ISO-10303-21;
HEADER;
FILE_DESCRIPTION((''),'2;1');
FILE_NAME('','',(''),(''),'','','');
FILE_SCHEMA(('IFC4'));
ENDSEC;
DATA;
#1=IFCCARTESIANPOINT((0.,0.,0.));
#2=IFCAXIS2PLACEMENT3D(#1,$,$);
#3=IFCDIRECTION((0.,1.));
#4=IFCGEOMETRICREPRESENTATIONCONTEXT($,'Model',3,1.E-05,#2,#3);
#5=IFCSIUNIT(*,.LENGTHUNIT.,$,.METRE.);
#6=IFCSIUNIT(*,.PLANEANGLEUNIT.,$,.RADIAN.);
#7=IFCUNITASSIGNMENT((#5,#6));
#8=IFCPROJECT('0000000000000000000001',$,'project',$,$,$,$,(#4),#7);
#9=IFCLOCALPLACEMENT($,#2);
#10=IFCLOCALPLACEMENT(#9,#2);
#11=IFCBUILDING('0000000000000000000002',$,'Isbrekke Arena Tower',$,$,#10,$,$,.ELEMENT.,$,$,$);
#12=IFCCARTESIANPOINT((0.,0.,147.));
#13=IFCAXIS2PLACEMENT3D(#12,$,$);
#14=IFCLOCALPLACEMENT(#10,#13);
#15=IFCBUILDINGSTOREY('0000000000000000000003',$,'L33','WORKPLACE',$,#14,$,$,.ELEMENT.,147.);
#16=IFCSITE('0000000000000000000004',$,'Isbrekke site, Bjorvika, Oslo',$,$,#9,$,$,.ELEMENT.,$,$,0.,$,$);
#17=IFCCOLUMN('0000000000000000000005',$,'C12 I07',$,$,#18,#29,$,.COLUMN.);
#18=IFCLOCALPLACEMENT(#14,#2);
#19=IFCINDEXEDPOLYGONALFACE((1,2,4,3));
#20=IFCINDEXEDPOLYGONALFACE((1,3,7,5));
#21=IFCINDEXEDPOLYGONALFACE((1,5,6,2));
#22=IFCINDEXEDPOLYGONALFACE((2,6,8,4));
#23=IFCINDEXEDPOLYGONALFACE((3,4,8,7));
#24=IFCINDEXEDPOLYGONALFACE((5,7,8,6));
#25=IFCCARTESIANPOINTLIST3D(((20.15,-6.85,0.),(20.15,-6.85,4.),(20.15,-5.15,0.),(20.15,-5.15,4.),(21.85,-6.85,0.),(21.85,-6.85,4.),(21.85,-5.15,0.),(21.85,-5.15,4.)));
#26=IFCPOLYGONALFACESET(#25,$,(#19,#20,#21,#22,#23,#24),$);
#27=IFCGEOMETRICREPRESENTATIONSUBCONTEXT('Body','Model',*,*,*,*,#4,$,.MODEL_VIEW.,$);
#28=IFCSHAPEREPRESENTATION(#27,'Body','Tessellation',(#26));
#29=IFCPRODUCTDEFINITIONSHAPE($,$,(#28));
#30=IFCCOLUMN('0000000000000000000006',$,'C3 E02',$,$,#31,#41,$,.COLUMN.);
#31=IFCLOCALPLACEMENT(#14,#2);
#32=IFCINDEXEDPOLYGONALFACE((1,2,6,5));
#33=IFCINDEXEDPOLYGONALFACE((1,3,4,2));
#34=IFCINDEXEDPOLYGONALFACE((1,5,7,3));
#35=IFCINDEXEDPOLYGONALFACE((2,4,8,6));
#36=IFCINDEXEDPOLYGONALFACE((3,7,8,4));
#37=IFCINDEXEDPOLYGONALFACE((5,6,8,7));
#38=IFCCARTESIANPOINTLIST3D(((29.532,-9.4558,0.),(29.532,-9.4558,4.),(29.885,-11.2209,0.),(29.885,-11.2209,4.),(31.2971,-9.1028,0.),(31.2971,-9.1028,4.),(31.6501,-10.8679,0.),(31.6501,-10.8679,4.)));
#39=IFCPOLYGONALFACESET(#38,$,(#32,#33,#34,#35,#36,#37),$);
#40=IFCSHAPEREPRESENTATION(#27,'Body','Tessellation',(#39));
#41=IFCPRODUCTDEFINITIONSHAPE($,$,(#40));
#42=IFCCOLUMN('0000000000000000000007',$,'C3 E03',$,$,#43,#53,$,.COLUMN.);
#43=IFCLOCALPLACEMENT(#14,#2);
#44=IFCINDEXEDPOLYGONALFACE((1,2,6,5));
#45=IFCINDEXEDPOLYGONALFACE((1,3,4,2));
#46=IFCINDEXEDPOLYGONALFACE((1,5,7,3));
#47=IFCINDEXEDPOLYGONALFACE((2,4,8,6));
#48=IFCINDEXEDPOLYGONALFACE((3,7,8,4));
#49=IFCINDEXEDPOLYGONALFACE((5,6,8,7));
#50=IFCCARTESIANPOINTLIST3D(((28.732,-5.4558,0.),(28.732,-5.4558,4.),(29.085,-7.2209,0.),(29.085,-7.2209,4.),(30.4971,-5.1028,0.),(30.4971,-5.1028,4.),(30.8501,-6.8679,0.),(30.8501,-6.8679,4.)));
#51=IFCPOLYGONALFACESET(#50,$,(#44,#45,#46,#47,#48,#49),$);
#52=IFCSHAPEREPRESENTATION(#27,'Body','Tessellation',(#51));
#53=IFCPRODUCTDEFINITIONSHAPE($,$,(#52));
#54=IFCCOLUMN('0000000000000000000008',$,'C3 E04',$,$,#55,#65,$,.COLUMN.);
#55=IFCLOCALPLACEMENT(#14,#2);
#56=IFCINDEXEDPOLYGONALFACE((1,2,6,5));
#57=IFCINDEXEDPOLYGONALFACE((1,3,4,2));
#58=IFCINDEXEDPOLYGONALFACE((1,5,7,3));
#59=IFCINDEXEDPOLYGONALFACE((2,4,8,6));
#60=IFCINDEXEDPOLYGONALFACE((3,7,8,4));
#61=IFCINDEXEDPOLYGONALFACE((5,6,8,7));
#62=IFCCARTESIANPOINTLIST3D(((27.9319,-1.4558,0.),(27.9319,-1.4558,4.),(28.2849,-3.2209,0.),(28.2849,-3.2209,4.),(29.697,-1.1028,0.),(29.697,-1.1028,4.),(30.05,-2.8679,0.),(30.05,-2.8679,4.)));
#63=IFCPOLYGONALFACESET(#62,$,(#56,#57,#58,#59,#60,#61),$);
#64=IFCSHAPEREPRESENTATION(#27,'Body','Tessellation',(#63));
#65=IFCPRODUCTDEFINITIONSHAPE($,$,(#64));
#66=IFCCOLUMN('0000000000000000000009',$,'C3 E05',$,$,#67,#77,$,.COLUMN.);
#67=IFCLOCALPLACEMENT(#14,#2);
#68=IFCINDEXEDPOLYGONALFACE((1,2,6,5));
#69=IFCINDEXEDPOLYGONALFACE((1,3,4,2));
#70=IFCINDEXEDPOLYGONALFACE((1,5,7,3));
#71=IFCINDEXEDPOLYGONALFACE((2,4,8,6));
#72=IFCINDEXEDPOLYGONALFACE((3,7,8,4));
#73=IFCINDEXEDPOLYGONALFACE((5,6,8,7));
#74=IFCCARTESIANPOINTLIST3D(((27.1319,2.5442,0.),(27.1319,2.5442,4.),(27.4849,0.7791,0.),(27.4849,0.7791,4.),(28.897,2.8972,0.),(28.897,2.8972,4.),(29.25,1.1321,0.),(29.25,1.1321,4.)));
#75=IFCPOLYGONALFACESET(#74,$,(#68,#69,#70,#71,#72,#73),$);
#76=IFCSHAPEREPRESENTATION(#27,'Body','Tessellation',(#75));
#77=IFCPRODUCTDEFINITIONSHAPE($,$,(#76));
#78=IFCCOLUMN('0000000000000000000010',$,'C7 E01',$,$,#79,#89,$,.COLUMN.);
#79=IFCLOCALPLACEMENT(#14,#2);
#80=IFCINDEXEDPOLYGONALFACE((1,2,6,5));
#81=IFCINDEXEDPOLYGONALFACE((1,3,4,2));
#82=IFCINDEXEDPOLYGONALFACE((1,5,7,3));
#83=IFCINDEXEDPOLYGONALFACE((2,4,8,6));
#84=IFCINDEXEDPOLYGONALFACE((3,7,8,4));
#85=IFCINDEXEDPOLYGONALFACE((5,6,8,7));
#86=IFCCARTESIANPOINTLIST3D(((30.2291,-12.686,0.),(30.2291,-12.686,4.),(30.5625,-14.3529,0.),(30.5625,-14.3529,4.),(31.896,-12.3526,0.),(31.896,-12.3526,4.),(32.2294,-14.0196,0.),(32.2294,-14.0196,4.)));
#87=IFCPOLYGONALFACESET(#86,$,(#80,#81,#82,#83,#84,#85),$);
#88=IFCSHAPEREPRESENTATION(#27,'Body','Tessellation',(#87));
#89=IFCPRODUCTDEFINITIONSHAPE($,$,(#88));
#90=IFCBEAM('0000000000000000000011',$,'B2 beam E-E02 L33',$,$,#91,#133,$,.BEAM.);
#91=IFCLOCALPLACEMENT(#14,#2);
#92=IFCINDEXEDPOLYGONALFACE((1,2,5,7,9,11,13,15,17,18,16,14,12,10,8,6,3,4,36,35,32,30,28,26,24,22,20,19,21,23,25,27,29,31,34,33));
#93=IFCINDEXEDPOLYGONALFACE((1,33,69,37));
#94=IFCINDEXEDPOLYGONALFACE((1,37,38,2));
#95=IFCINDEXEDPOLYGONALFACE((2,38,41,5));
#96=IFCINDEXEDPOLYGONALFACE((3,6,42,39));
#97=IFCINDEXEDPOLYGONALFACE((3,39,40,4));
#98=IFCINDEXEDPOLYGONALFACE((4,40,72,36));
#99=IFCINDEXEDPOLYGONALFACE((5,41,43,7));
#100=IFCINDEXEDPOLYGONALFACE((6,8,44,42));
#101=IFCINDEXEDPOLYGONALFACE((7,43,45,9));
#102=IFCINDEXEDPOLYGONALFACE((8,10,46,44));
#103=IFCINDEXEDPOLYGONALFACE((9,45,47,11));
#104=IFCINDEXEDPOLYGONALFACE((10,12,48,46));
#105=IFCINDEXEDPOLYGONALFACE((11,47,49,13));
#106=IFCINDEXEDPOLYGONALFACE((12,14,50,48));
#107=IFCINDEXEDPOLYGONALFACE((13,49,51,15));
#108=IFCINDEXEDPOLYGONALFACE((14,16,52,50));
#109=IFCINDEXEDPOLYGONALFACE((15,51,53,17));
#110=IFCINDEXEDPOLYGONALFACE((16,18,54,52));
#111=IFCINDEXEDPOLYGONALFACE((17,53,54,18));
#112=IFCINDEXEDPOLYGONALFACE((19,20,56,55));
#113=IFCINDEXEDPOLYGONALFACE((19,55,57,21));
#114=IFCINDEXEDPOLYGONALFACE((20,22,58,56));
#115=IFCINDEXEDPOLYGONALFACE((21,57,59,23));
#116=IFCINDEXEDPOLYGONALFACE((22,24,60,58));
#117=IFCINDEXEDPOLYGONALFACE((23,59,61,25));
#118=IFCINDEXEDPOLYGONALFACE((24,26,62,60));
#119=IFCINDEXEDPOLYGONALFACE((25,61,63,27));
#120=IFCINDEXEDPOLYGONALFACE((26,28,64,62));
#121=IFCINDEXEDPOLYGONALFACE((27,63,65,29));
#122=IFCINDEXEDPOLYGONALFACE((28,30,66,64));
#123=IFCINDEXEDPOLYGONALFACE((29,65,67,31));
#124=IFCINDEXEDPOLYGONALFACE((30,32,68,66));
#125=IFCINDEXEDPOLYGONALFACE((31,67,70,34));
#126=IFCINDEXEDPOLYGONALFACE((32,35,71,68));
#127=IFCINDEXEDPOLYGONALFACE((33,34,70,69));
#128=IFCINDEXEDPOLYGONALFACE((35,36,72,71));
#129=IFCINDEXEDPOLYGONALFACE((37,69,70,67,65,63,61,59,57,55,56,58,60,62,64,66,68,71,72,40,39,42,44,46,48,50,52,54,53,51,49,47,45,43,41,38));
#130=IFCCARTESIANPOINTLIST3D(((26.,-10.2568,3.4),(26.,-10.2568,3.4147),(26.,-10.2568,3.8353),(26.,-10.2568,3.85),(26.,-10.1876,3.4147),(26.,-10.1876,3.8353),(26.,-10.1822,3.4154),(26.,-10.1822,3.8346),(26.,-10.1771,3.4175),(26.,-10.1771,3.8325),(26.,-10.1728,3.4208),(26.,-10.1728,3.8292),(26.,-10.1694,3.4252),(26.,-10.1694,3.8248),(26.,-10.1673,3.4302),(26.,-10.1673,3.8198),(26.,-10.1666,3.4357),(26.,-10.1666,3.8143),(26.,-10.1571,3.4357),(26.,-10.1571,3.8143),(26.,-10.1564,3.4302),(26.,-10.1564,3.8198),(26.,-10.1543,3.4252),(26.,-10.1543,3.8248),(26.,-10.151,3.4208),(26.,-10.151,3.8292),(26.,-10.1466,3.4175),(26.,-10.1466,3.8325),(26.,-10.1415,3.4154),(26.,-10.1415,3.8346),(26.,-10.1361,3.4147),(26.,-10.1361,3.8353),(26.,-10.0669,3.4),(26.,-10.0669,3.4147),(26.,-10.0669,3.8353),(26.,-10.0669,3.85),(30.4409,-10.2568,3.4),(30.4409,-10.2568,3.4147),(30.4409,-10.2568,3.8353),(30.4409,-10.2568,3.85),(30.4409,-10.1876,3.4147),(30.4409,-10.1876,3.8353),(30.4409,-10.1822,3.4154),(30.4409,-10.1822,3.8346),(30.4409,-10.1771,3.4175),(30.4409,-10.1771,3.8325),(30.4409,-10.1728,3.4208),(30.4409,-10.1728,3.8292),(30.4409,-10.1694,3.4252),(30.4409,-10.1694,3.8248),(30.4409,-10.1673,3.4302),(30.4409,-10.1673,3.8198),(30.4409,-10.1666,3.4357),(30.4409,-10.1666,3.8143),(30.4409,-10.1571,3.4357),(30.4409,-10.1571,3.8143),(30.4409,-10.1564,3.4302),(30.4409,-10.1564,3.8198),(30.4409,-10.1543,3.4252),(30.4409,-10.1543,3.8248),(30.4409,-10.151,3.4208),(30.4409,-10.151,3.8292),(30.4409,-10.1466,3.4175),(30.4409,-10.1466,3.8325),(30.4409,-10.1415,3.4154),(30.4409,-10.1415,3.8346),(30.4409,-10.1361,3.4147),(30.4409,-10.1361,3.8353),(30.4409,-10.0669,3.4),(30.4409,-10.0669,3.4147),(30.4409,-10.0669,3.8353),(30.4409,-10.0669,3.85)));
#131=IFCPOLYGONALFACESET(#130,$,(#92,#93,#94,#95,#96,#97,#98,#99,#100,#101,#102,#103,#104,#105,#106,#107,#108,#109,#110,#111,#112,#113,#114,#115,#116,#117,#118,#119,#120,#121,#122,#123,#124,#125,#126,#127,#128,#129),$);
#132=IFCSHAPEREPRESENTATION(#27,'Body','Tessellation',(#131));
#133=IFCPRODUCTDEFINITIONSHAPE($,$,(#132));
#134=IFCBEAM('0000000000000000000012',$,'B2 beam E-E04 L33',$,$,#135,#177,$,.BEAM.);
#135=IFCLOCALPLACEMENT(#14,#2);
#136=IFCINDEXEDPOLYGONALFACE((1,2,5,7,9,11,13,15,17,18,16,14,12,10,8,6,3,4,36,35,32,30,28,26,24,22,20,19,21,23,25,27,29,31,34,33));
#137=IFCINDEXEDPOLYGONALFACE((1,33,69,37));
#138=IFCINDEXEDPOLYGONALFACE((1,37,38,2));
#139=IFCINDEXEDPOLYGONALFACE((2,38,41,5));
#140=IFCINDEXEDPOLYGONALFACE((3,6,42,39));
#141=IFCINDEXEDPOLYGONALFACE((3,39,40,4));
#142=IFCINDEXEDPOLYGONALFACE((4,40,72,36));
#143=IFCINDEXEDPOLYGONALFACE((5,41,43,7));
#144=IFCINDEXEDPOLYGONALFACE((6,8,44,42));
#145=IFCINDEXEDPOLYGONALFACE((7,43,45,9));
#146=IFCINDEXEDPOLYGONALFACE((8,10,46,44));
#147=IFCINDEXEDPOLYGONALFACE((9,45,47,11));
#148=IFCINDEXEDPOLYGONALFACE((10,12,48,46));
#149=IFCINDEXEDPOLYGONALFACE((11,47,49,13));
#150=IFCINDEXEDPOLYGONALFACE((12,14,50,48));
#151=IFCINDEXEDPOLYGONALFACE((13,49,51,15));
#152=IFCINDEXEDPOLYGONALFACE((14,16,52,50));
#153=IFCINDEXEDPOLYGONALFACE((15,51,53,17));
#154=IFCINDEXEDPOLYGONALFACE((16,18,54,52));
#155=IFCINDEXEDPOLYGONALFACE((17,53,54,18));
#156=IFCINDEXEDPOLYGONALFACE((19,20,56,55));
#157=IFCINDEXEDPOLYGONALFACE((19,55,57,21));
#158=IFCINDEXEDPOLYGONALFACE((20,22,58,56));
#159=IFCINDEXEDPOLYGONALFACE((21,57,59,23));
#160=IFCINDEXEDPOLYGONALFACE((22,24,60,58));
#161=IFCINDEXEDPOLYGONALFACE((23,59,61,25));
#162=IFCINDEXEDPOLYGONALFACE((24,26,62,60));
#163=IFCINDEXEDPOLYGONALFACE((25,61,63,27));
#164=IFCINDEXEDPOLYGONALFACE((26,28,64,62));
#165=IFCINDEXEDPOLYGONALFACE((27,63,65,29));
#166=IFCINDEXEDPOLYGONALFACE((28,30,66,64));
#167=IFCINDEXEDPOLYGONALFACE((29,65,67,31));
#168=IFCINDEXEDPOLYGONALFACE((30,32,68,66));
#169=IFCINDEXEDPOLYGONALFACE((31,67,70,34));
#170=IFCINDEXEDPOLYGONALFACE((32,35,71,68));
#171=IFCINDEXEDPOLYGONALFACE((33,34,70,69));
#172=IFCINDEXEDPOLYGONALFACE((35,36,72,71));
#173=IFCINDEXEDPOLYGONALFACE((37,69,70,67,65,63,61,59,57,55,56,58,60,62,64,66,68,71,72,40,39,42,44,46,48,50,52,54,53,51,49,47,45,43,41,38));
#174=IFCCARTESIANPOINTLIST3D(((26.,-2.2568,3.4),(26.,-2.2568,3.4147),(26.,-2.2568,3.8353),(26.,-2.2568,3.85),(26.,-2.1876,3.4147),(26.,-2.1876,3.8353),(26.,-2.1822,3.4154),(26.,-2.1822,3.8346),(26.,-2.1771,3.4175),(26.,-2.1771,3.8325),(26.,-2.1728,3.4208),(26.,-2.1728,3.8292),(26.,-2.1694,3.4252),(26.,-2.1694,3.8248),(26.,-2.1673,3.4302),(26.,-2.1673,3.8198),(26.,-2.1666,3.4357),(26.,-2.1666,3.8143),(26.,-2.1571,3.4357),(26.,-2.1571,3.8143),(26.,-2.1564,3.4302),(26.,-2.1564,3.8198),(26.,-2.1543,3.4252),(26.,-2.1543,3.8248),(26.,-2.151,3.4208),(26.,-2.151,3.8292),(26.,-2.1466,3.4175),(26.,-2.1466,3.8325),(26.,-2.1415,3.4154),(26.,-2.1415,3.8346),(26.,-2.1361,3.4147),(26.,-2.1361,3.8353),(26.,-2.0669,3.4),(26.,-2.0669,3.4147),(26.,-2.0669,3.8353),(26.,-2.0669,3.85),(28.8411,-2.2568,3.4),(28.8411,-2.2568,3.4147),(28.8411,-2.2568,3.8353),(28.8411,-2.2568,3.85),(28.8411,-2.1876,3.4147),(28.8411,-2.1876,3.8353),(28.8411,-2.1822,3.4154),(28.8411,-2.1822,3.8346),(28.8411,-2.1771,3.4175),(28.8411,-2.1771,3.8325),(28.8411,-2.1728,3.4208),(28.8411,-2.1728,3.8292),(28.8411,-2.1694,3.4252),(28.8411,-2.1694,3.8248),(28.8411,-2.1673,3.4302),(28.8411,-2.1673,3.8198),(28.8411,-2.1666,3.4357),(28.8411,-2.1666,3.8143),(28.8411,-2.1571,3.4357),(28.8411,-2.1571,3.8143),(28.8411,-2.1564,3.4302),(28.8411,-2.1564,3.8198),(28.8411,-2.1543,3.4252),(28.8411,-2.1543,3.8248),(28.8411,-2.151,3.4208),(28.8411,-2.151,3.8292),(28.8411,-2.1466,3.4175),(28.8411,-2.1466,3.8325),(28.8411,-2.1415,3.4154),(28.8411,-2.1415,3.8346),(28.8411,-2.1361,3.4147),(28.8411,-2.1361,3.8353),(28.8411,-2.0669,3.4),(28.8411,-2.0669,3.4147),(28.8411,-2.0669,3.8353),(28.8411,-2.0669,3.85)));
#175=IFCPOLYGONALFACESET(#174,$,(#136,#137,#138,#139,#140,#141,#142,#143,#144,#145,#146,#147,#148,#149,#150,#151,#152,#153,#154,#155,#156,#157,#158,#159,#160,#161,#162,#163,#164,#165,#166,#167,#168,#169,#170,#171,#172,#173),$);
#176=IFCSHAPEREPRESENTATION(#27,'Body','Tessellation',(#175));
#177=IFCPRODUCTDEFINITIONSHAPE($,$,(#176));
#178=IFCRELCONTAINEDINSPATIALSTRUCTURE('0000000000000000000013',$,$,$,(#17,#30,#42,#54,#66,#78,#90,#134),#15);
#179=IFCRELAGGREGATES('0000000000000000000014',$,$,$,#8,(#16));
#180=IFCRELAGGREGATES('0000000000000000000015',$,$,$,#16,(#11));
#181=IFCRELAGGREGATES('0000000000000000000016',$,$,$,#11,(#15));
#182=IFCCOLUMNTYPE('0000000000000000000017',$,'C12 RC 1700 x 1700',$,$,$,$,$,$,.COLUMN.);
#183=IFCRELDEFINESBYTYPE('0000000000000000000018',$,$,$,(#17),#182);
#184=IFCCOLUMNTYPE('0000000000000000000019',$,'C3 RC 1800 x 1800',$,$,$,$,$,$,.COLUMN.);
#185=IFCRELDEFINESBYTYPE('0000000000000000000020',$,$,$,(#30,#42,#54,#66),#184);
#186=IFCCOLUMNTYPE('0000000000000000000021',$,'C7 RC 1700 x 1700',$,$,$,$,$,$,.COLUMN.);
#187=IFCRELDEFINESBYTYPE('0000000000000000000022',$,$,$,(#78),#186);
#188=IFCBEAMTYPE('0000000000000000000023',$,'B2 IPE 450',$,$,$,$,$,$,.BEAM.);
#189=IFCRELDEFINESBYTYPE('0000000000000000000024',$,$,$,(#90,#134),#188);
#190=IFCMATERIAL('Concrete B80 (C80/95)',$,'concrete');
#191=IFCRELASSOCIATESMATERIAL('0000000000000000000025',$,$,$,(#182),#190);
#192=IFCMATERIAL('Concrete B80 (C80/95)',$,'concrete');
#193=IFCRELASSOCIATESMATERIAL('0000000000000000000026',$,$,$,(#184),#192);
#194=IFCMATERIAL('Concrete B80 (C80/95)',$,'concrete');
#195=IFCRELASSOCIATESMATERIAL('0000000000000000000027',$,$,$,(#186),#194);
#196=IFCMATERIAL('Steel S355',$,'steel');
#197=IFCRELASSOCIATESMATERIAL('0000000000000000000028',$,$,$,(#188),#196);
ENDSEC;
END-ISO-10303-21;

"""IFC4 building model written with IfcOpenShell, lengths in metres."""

from ifc_helpers import new_model, si_unit, direction, frame, origin, origin_2d, place, context, subcontext, project, spatial, rectangle, i_section, extrude, material, material_profile, profile_set, type_object, element, save


model = new_model("IFC4")

# Units and contexts
model_context = context("Model", 3, precision=1e-05, world=origin(), true_north=direction((0.0, 1.0)))
body_context = subcontext(model_context, "Body", "Model", "MODEL_VIEW")
ifc_project = project(units=[si_unit("LENGTHUNIT", "METRE"), si_unit("PLANEANGLEUNIT", "RADIAN")], contexts=[model_context])

# Site, building, storey
site_placement = place(None, origin())
site = spatial("IfcSite", under=ifc_project, at=site_placement, Name="Isbrekke site, Bjorvika, Oslo", CompositionType="ELEMENT", RefElevation=0.0)
building_placement = place(site_placement, origin())
building = spatial("IfcBuilding", under=site, at=building_placement, Name="Isbrekke Arena Tower", CompositionType="ELEMENT")
storey_placement = place(building_placement, frame((0.0, 0.0, 147.0)))
storey = spatial("IfcBuildingStorey", under=building, at=storey_placement, Name="L33", Description="WORKPLACE", CompositionType="ELEMENT", Elevation=147.0)

# Columns
ifc_material_1 = material(Name="Concrete B80 (C80/95)", Category="concrete")
ifc_material_profile_1 = material_profile(ifc_material_1, rectangle(XDim=1.7, YDim=1.7, at=origin_2d()), Name="RC 1700x1700")
ifc_profile_set_1 = profile_set([ifc_material_profile_1], Name="Concrete B80 (C80/95)")
column_type_1 = type_object("IfcColumnType", Name="C12 RC 1700 x 1700", PredefinedType="COLUMN", material=ifc_profile_set_1)
column_1_placement = place(storey_placement, frame((21.0, -6.0, 0.0), z_axis=(0.0, 0.0, 1.0), x_axis=(1.0, 0.0, 0.0)))
element("IfcColumn", 1, at=column_1_placement, inside=storey, type_object=column_type_1, Name="C12 I07", PredefinedType="COLUMN", context=body_context, shape_type="SweptSolid", body=[
    extrude(rectangle(XDim=1.7, YDim=1.7, at=origin_2d()), origin(), (0.0, 0.0, 1.0), 4.0),
])
ifc_material_2 = material(Name="Concrete B80 (C80/95)", Category="concrete")
ifc_material_profile_2 = material_profile(ifc_material_2, rectangle(XDim=1.8, YDim=1.8, at=origin_2d()), Name="RC 1800x1800")
ifc_profile_set_2 = profile_set([ifc_material_profile_2], Name="Concrete B80 (C80/95)")
column_type_2 = type_object("IfcColumnType", Name="C3 RC 1800 x 1800", PredefinedType="COLUMN", material=ifc_profile_set_2)
for number, where, z_axis, x_axis, name in (
    (2, (30.5911, -10.1619, 0.0), (0.0, 0.0, 1.0), (-0.196116, 0.980581, 0.0), "C3 E02"),
    (3, (29.791, -6.1619, 0.0), (0.0, 0.0, 1.0), (-0.196116, 0.980581, 0.0), "C3 E03"),
    (4, (28.991, -2.1619, 0.0), (0.0, 0.0, 1.0), (-0.196116, 0.980581, 0.0), "C3 E04"),
    (5, (28.1909, 1.8381, 0.0), (0.0, 0.0, 1.0), (-0.196116, 0.980581, 0.0), "C3 E05"),
):
    element("IfcColumn", number, at=place(storey_placement, frame(where, z_axis=z_axis, x_axis=x_axis)), inside=storey, type_object=column_type_2, Name=name, PredefinedType="COLUMN", context=body_context, shape_type="SweptSolid", body=[
        extrude(rectangle(XDim=1.8, YDim=1.8, at=origin_2d()), origin(), (0.0, 0.0, 1.0), 4.0),
    ])
ifc_material_3 = material(Name="Concrete B80 (C80/95)", Category="concrete")
ifc_material_profile_3 = material_profile(ifc_material_3, rectangle(XDim=1.7, YDim=1.7, at=origin_2d()), Name="RC 1700x1700")
ifc_profile_set_3 = profile_set([ifc_material_profile_3], Name="Concrete B80 (C80/95)")
column_type_3 = type_object("IfcColumnType", Name="C7 RC 1700 x 1700", PredefinedType="COLUMN", material=ifc_profile_set_3)
column_2_placement = place(storey_placement, frame((31.2292, -13.3528, 0.0), z_axis=(0.0, 0.0, 1.0), x_axis=(-0.196116, 0.980581, 0.0)))
element("IfcColumn", 6, at=column_2_placement, inside=storey, type_object=column_type_3, Name="C7 E01", PredefinedType="COLUMN", context=body_context, shape_type="SweptSolid", body=[
    extrude(rectangle(XDim=1.7, YDim=1.7, at=origin_2d()), origin(), (0.0, 0.0, 1.0), 4.0),
])

# Beams
ifc_material_4 = material(Name="Steel S355", Category="steel")
ifc_material_profile_4 = material_profile(ifc_material_4, i_section(OverallWidth=0.1899, OverallDepth=0.45, WebThickness=0.0095, FlangeThickness=0.0146, FilletRadius=0.021, at=origin_2d()), Name="IPE 450")
ifc_profile_set_4 = profile_set([ifc_material_profile_4], Name="Steel S355")
beam_type_1 = type_object("IfcBeamType", Name="B2 IPE 450", PredefinedType="BEAM", material=ifc_profile_set_4)
beam_1_placement = place(storey_placement, frame((30.4409, -10.1619, 3.625), z_axis=(-1.0, 0.0, 0.0), x_axis=(0.0, -1.0, 0.0)))
element("IfcBeam", 7, at=beam_1_placement, inside=storey, type_object=beam_type_1, Name="B2 beam E-E02 L33", PredefinedType="BEAM", context=body_context, shape_type="SweptSolid", body=[
    extrude(i_section(OverallWidth=0.1899, OverallDepth=0.45, WebThickness=0.0095, FlangeThickness=0.0146, FilletRadius=0.021, at=origin_2d()), origin(), (0.0, 0.0, 1.0), 4.4409),
])
beam_2_placement = place(storey_placement, frame((28.8411, -2.1619, 3.625), z_axis=(-1.0, 0.0, 0.0), x_axis=(0.0, -1.0, 0.0)))
element("IfcBeam", 8, at=beam_2_placement, inside=storey, type_object=beam_type_1, Name="B2 beam E-E04 L33", PredefinedType="BEAM", context=body_context, shape_type="SweptSolid", body=[
    extrude(i_section(OverallWidth=0.1899, OverallDepth=0.45, WebThickness=0.0095, FlangeThickness=0.0146, FilletRadius=0.021, at=origin_2d()), origin(), (0.0, 0.0, 1.0), 2.8411),
])

save(model, "model.ifc")
